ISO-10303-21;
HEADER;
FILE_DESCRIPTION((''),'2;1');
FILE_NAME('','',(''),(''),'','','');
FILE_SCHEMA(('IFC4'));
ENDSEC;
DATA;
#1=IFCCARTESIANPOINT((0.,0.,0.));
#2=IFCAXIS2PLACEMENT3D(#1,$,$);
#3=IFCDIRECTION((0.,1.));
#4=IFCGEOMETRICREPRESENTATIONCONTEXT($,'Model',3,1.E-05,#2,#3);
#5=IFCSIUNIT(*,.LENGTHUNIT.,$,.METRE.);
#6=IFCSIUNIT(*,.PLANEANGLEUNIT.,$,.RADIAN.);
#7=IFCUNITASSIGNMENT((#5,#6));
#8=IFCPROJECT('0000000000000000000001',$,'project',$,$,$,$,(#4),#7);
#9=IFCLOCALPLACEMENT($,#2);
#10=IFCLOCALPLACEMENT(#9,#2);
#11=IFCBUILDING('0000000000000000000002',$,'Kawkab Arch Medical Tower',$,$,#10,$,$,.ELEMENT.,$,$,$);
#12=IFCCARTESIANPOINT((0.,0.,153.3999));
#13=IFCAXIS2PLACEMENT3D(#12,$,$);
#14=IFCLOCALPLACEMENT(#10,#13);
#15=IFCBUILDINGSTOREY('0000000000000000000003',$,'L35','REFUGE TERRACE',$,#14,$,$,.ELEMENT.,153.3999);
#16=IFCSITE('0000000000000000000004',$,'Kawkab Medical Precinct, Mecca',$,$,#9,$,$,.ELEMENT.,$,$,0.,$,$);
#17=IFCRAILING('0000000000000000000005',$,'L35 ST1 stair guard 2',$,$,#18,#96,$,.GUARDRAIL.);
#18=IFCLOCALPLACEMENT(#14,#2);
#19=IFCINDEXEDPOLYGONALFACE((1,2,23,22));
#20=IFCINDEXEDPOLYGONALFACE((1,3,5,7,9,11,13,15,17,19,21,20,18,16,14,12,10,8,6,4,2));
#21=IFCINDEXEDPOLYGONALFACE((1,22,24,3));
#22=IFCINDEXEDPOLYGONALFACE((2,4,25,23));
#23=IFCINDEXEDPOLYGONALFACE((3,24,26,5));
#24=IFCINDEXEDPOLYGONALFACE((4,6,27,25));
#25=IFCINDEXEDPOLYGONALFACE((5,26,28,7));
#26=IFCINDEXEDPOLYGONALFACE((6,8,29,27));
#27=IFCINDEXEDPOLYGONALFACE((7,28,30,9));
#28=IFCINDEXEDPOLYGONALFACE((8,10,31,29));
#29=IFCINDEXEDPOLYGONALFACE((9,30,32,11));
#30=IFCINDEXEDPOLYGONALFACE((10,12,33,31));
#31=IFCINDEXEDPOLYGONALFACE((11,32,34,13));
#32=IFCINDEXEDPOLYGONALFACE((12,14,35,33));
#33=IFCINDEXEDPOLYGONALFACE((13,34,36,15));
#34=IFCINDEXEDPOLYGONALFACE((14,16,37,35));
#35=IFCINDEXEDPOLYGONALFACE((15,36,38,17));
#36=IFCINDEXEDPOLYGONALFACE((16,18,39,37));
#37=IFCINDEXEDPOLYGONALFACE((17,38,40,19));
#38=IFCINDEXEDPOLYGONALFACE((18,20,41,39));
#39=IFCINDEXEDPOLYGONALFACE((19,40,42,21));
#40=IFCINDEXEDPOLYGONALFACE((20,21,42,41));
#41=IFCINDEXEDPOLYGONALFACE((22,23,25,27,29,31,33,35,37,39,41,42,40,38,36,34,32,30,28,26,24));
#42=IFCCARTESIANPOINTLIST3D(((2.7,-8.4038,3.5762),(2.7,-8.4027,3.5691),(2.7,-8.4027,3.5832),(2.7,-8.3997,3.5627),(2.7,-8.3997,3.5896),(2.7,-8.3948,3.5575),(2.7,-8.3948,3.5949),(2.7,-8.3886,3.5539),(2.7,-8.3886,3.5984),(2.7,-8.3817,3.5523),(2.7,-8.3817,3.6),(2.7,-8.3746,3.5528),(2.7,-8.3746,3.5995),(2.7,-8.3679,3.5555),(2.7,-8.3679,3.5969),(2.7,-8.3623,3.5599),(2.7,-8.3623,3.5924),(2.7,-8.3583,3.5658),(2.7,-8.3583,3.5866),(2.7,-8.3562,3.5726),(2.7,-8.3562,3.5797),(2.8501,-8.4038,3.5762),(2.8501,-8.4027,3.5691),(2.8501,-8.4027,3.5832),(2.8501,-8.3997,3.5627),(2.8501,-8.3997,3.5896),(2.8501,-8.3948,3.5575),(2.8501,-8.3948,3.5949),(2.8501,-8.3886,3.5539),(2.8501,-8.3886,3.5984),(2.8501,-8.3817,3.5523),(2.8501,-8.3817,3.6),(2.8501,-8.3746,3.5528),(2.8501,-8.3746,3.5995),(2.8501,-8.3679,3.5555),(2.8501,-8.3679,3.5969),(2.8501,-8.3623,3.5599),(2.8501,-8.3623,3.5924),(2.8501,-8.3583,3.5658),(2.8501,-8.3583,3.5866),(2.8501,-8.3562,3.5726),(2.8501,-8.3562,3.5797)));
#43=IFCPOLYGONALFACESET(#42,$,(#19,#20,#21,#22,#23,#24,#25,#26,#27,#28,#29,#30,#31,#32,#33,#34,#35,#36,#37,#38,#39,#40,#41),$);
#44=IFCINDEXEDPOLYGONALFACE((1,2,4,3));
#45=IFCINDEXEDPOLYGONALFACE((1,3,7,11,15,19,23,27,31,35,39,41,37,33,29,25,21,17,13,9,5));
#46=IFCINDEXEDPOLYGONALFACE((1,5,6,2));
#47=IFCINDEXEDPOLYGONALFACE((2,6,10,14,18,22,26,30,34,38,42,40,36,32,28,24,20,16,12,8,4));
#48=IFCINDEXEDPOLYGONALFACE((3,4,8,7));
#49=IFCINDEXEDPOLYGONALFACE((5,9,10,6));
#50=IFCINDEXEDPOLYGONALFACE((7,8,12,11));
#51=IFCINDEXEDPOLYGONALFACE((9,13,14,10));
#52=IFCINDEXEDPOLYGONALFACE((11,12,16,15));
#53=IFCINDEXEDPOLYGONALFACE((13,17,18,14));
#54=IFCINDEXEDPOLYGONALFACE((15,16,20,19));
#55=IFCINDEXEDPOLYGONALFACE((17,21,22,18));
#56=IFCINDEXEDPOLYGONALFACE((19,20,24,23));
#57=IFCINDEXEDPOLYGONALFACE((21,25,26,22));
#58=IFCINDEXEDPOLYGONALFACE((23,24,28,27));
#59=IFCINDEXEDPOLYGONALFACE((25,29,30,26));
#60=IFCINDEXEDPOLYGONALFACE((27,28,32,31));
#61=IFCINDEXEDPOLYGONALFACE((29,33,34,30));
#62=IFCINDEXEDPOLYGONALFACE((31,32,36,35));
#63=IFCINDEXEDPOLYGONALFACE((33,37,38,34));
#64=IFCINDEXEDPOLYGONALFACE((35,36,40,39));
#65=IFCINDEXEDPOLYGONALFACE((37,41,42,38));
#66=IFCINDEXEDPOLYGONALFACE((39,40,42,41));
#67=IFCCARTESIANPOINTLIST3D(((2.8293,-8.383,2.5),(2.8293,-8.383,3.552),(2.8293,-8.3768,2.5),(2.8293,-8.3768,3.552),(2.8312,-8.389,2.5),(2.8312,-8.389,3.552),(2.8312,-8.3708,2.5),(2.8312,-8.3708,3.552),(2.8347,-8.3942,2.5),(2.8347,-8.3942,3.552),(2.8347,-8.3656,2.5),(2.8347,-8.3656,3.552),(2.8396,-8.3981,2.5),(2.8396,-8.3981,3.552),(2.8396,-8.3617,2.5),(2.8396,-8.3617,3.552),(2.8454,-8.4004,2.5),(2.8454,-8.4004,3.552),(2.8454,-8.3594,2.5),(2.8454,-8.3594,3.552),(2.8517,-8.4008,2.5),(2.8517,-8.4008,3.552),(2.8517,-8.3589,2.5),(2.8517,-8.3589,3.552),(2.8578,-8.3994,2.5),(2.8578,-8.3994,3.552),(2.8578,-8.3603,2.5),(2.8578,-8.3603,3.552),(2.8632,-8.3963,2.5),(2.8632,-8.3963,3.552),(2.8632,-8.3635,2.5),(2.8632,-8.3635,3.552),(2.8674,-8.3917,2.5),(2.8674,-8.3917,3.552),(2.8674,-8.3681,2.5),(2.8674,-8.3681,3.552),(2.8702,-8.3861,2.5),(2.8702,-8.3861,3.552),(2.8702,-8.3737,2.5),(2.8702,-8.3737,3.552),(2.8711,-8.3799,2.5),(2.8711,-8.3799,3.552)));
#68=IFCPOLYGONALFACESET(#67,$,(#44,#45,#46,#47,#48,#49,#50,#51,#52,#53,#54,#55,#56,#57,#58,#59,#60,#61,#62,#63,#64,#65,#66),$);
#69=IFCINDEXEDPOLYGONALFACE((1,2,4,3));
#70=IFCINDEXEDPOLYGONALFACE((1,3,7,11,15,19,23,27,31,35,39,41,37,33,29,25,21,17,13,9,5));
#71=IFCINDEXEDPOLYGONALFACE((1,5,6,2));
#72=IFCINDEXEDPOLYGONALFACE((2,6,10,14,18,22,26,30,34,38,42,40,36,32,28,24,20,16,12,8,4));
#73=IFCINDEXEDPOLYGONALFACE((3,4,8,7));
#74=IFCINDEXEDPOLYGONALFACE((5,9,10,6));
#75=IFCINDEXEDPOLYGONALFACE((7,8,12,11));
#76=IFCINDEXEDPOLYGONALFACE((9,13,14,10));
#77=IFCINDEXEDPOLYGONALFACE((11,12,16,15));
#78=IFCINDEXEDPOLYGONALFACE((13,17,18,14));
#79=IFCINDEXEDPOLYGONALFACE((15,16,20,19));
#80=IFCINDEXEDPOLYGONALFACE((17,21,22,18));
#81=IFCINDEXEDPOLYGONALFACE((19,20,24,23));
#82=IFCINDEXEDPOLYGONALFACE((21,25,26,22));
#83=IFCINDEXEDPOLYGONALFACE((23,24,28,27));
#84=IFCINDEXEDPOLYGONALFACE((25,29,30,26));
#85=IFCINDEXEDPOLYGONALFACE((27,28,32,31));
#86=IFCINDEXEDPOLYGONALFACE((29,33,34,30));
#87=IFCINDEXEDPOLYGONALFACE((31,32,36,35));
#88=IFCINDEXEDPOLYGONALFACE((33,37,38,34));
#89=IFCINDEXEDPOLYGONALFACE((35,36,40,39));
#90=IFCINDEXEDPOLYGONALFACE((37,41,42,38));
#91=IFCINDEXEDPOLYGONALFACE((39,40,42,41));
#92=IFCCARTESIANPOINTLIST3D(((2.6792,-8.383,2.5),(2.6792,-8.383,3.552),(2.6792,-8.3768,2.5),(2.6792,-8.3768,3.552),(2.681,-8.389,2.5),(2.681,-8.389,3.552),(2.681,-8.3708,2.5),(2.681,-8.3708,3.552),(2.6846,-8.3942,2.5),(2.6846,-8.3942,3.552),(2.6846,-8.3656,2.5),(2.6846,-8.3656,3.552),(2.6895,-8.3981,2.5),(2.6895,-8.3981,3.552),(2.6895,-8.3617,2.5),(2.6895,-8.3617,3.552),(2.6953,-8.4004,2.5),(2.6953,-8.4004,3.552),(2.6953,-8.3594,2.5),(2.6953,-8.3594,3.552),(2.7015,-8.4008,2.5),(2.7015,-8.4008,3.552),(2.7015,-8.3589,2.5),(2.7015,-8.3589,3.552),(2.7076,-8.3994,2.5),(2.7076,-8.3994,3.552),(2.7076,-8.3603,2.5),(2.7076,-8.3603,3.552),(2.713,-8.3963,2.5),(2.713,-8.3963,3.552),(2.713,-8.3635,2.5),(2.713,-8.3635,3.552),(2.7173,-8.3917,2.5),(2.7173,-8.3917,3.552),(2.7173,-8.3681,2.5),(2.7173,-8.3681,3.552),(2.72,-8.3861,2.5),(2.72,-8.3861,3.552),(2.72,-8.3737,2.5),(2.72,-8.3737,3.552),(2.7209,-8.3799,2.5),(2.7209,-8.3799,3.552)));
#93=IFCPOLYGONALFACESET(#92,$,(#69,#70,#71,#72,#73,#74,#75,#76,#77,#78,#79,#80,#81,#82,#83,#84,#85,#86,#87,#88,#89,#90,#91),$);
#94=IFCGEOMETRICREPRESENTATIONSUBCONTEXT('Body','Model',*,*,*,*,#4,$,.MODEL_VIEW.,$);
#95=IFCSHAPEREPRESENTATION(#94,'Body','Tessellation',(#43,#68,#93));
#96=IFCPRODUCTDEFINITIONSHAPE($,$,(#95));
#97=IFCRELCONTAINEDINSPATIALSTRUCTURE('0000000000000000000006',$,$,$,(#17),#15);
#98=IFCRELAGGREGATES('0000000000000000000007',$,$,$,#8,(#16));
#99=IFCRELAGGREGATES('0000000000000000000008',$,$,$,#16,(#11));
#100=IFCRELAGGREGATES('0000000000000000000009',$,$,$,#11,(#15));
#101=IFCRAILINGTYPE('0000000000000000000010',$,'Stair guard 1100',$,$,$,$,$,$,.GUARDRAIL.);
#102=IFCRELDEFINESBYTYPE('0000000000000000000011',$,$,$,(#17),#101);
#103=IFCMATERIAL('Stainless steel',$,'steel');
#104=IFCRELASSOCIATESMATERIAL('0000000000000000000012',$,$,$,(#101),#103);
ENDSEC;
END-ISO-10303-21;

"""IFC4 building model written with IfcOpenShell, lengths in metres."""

from ifc_helpers import new_model, si_unit, direction, frame, origin, origin_2d, place, context, subcontext, project, spatial, circle, extrude, material, type_object, element, save


model = new_model("IFC4")

# Units and contexts
model_context = context("Model", 3, precision=1e-05, world=origin(), true_north=direction((0.0, 1.0)))
body_context = subcontext(model_context, "Body", "Model", "MODEL_VIEW")
ifc_project = project(units=[si_unit("LENGTHUNIT", "METRE"), si_unit("PLANEANGLEUNIT", "RADIAN")], contexts=[model_context])

# Site, building, storey
site_placement = place(None, origin())
site = spatial("IfcSite", under=ifc_project, at=site_placement, Name="Kawkab Medical Precinct, Mecca", CompositionType="ELEMENT", RefElevation=0.0)
building_placement = place(site_placement, origin())
building = spatial("IfcBuilding", under=site, at=building_placement, Name="Kawkab Arch Medical Tower", CompositionType="ELEMENT")
storey_placement = place(building_placement, frame((0.0, 0.0, 153.3999)))
storey = spatial("IfcBuildingStorey", under=building, at=storey_placement, Name="L35", Description="REFUGE TERRACE", CompositionType="ELEMENT", Elevation=153.3999)

# Railing
ifc_material_1 = material(Name="Stainless steel", Category="steel")
railing_type_1 = type_object("IfcRailingType", Name="Stair guard 1100", PredefinedType="GUARDRAIL", material=ifc_material_1)
railing_1_placement = place(storey_placement, frame((2.8501, -8.3799, 2.5)))
element("IfcRailing", 1, at=railing_1_placement, inside=storey, type_object=railing_type_1, Name="L35 ST1 stair guard 2", PredefinedType="GUARDRAIL", context=body_context, shape_type="SweptSolid", body=[
    extrude(circle(Radius=0.0239, at=origin_2d()), frame((0.0, 0.0, 1.0762), z_axis=(-1.0, 0.0, 0.0), x_axis=(0.0, -1.0, 0.0)), (0.0, 0.0, 1.0), 0.1501),
    extrude(circle(Radius=0.021, at=origin_2d()), origin(), (0.0, 0.0, 1.0), 1.052),
    extrude(circle(Radius=0.021, at=origin_2d()), frame((-0.1501, 0.0, 0.0)), (0.0, 0.0, 1.0), 1.052),
])

save(model, "model.ifc")
